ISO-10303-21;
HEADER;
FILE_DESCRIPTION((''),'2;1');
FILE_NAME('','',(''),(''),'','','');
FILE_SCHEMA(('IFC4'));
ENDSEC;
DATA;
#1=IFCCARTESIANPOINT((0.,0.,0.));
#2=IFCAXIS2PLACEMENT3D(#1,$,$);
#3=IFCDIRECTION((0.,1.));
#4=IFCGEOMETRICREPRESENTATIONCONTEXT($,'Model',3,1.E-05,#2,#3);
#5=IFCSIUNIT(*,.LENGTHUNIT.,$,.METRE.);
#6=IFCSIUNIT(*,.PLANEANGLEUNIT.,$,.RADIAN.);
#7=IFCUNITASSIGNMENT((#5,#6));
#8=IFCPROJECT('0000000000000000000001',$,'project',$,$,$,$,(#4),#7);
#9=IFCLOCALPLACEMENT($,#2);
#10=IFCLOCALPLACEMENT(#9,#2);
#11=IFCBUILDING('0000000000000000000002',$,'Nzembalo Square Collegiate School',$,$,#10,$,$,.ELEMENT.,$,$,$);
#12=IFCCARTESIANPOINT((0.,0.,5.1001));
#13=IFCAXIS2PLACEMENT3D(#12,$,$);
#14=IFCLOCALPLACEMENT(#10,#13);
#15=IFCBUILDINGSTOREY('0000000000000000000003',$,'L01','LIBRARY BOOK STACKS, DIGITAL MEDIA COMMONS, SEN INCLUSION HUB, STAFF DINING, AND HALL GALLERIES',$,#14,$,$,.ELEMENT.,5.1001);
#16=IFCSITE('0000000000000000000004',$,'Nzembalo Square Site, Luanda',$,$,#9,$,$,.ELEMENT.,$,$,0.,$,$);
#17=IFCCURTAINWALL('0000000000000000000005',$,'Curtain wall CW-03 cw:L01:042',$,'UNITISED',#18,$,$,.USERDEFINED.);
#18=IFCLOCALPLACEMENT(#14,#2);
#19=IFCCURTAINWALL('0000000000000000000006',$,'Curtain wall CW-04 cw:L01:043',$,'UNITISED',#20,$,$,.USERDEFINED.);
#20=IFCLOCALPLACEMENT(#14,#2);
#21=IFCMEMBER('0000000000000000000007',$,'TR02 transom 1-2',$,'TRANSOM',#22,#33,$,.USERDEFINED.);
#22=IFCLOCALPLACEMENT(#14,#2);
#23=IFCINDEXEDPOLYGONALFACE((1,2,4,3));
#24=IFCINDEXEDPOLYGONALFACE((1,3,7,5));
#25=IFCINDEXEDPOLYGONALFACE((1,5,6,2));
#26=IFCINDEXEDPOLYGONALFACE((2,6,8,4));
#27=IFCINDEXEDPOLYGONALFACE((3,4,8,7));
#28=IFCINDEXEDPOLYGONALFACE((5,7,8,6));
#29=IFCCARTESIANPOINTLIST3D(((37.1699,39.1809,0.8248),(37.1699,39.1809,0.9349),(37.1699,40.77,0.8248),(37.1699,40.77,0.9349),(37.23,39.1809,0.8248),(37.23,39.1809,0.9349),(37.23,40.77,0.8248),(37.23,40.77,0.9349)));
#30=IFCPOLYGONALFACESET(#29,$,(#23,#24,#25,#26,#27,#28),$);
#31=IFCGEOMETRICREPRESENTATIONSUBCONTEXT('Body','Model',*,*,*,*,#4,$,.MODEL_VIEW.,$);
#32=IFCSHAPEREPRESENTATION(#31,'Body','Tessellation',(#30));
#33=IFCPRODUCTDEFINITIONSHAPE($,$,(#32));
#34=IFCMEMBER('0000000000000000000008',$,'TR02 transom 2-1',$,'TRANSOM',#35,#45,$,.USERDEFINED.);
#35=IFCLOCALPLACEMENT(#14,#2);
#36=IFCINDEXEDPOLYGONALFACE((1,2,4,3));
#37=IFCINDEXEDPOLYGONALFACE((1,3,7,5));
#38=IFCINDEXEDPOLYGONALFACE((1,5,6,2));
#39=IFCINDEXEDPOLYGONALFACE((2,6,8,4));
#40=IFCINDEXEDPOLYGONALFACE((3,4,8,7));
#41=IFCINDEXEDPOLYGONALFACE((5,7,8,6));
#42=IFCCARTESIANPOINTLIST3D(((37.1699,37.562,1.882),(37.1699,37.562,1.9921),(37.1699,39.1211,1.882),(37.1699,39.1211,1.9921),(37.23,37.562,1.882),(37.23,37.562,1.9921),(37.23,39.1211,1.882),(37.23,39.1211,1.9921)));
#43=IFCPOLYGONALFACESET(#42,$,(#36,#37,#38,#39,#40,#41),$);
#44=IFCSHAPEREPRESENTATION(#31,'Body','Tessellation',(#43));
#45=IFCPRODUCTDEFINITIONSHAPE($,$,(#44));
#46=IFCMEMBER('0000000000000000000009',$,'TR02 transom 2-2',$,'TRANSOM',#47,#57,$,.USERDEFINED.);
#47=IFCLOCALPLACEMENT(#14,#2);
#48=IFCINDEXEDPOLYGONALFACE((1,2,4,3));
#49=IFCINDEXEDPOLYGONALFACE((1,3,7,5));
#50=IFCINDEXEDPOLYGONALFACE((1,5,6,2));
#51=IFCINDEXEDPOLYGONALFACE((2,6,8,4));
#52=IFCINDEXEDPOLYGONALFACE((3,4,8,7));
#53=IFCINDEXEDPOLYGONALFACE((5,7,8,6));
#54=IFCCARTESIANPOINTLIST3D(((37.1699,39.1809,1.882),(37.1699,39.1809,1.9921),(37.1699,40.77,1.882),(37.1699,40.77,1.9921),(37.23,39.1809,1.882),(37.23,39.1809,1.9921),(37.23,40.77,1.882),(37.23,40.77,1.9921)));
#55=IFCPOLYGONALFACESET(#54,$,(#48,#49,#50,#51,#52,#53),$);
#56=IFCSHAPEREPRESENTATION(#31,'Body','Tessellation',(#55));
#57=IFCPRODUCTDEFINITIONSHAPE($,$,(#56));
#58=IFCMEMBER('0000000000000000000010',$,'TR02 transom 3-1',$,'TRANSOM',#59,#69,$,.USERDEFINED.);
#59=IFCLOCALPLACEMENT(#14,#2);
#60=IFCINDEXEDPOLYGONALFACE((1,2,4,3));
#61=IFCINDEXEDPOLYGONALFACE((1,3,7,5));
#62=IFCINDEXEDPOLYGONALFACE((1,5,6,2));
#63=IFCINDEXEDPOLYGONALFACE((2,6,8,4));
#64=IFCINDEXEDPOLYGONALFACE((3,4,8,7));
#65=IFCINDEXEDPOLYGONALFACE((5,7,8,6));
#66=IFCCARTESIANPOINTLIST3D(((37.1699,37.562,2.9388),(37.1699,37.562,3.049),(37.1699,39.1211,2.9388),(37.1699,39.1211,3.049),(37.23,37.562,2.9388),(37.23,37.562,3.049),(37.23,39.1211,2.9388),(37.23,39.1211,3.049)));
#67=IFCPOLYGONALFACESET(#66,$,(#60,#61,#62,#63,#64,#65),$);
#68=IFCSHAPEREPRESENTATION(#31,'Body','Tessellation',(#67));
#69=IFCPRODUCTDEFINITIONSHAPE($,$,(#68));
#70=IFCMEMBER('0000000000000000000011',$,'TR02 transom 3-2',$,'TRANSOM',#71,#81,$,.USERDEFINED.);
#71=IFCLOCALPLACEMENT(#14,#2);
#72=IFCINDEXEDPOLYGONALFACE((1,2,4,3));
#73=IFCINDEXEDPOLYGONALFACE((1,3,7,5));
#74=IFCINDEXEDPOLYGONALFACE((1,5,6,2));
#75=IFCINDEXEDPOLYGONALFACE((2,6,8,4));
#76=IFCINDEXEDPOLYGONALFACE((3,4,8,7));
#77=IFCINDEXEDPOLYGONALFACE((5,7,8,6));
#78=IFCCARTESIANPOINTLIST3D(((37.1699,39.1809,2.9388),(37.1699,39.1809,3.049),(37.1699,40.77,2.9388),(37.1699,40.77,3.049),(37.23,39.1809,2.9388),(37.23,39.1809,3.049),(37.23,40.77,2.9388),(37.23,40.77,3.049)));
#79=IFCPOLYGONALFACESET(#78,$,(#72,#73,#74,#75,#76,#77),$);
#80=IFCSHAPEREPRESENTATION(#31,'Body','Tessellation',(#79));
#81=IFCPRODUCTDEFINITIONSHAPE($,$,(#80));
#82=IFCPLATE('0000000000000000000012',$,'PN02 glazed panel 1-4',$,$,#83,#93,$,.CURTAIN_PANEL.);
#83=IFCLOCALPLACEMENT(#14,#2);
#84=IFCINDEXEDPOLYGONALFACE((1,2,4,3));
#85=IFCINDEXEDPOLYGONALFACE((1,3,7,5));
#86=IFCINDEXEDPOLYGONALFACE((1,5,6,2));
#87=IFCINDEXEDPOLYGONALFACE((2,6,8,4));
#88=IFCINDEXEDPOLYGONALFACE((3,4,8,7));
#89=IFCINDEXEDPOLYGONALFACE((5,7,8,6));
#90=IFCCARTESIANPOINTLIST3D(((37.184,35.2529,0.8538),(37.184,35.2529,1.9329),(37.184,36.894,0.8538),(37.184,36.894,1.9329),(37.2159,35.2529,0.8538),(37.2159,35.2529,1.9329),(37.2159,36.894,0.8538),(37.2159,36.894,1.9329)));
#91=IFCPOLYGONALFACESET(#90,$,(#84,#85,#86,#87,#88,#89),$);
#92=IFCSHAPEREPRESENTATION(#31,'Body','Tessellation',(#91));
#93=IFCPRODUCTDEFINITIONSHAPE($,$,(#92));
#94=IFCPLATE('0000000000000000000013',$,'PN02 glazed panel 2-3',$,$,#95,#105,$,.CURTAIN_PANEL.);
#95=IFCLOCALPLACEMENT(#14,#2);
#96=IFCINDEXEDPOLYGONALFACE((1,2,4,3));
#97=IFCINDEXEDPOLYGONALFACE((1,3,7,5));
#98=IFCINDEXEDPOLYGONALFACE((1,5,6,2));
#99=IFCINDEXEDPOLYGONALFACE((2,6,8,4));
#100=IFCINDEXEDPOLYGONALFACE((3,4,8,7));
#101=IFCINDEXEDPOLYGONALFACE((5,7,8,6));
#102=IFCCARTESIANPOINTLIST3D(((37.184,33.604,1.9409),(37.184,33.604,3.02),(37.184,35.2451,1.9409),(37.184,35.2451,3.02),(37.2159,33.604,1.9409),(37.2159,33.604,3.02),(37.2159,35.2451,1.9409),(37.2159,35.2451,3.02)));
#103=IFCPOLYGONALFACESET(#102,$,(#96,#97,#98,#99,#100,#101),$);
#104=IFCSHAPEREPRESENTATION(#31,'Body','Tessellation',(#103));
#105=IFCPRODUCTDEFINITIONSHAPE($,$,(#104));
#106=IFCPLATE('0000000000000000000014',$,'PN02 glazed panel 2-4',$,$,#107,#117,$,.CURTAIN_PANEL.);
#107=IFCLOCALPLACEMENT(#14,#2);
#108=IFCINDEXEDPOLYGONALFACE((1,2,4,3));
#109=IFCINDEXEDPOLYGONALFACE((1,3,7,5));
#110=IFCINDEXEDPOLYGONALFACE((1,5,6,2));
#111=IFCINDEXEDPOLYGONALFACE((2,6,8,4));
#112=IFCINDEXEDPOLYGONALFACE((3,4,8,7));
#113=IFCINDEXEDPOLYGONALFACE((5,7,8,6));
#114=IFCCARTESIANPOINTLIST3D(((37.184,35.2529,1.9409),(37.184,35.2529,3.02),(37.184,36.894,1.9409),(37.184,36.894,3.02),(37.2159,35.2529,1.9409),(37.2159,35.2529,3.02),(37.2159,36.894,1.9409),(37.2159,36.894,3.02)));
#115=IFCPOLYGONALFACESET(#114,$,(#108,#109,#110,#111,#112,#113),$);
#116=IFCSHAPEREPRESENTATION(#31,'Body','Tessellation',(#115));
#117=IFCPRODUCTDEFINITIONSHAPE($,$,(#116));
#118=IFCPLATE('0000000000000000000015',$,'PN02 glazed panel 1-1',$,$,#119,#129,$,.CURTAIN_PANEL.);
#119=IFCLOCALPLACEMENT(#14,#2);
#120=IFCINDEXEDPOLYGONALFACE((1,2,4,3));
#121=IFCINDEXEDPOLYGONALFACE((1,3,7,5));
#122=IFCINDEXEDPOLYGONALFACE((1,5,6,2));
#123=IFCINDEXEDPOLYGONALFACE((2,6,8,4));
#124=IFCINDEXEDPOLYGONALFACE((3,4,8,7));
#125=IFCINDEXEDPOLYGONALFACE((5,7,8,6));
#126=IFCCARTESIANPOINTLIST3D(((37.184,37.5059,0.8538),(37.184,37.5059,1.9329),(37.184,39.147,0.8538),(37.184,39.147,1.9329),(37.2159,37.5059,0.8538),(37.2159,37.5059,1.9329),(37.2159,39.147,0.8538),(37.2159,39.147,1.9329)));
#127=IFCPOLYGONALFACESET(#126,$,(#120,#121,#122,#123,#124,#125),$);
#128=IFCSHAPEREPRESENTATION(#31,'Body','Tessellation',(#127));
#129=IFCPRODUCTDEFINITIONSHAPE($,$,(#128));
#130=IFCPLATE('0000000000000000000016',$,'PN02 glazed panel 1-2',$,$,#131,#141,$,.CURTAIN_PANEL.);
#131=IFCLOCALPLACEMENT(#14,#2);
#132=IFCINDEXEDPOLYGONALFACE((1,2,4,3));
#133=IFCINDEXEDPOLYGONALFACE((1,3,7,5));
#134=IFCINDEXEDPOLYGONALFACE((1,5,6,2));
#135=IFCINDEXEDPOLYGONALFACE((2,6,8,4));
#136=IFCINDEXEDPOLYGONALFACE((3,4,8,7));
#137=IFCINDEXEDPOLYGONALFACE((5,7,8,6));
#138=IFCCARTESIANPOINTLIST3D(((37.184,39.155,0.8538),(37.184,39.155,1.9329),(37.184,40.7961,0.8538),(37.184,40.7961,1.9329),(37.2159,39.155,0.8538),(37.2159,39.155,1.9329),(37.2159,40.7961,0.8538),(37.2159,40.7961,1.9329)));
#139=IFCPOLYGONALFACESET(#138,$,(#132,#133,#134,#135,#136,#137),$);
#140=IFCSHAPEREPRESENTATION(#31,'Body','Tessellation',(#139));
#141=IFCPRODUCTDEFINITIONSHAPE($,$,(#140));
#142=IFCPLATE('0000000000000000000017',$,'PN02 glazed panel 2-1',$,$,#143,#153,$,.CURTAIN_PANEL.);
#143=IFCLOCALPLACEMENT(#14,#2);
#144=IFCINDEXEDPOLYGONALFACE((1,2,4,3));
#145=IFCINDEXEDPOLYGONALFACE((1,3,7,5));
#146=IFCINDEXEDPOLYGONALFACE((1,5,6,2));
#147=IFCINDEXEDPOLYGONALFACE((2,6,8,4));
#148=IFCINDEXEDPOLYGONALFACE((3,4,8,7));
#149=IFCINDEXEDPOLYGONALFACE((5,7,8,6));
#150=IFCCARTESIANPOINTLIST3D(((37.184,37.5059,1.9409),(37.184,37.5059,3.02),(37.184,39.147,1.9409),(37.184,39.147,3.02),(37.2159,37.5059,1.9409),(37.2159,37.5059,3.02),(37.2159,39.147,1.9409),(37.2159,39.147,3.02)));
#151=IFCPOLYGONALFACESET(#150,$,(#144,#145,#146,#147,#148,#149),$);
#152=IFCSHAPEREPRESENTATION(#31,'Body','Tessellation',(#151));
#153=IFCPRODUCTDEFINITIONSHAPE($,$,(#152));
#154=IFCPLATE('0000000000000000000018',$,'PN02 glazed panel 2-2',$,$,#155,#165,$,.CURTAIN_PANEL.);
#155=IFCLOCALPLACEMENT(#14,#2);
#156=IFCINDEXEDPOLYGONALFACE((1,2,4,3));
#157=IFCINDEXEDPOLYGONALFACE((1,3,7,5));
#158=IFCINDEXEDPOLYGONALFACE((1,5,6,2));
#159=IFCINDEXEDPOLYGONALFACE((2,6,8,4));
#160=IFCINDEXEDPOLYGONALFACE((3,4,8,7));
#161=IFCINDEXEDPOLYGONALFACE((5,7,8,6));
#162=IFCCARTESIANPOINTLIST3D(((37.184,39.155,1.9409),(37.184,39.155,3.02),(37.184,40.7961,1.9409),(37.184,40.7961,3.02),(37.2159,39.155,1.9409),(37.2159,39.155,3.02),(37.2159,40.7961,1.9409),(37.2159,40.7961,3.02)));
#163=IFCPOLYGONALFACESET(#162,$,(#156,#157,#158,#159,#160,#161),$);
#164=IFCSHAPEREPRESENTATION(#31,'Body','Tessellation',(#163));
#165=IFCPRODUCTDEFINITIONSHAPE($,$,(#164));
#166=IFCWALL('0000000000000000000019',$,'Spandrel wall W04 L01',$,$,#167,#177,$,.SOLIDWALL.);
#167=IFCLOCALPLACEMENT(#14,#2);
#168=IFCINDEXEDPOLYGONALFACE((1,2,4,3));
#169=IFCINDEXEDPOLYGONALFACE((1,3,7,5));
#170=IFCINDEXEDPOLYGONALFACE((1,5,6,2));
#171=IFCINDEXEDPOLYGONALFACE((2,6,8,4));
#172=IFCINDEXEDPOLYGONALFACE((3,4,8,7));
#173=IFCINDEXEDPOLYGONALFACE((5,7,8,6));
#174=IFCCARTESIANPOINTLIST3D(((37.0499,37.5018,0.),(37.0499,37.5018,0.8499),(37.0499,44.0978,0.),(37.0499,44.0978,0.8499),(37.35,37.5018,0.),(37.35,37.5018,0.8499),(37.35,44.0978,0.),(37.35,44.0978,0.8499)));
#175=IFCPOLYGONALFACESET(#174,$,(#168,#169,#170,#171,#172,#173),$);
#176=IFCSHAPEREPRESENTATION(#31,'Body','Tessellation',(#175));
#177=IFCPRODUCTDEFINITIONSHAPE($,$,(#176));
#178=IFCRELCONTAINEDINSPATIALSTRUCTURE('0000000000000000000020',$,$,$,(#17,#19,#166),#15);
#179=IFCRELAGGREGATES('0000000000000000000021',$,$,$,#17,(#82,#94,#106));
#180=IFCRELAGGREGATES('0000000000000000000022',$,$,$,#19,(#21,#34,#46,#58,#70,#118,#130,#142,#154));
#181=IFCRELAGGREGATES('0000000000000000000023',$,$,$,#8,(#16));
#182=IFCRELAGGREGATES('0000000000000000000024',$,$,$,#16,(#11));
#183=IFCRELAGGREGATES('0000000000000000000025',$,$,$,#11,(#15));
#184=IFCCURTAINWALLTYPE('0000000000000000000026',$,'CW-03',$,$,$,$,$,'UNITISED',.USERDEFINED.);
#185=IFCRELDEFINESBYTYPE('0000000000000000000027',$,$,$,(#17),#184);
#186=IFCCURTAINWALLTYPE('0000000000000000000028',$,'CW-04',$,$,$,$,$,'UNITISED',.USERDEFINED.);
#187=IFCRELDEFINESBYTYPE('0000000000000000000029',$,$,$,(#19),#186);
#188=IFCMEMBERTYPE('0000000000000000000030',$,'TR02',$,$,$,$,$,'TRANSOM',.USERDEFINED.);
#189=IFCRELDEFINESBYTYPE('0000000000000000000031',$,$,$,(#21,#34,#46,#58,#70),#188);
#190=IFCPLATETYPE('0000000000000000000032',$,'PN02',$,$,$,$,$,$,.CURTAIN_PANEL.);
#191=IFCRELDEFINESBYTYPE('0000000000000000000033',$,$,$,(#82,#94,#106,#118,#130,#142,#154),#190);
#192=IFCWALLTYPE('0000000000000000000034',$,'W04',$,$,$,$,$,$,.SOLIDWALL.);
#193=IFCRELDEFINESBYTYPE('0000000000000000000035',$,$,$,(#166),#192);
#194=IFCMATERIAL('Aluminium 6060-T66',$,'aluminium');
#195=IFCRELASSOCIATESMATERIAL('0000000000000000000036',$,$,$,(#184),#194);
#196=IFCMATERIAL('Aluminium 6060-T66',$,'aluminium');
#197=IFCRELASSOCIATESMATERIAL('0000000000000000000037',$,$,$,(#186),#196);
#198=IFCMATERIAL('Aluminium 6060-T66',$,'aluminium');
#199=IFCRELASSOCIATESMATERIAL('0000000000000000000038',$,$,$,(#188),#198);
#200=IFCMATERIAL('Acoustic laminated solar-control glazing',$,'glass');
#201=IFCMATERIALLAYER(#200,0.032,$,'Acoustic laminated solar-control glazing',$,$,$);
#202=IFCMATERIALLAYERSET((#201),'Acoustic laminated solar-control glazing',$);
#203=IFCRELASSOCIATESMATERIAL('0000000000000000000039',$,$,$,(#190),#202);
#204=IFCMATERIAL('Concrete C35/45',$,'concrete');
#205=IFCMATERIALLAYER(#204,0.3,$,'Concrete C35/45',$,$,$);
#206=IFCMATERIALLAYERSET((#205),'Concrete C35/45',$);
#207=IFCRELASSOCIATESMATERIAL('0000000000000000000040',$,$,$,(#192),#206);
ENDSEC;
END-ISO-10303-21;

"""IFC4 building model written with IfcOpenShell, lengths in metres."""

from ifc_helpers import new_model, si_unit, direction, frame, frame_2d, origin, origin_2d, place, context, subcontext, project, spatial, rectangle, extrude, material, layer, layer_set, material_profile, profile_set, type_object, element, aggregate, save


model = new_model("IFC4")

# Units and contexts
model_context = context("Model", 3, precision=1e-05, world=origin(), true_north=direction((0.0, 1.0)))
body_context = subcontext(model_context, "Body", "Model", "MODEL_VIEW")
ifc_project = project(units=[si_unit("LENGTHUNIT", "METRE"), si_unit("PLANEANGLEUNIT", "RADIAN")], contexts=[model_context])

# Site, building, storey
site_placement = place(None, origin())
site = spatial("IfcSite", under=ifc_project, at=site_placement, Name="Nzembalo Square Site, Luanda", CompositionType="ELEMENT", RefElevation=0.0)
building_placement = place(site_placement, origin())
building = spatial("IfcBuilding", under=site, at=building_placement, Name="Nzembalo Square Collegiate School", CompositionType="ELEMENT")
storey_placement = place(building_placement, frame((0.0, 0.0, 5.1001)))
storey = spatial("IfcBuildingStorey", under=building, at=storey_placement, Name="L01", Description="LIBRARY BOOK STACKS, DIGITAL MEDIA COMMONS, SEN INCLUSION HUB, STAFF DINING, AND HALL GALLERIES", CompositionType="ELEMENT", Elevation=5.1001)

# Curtain walls
ifc_material_1 = material(Name="Aluminium 6060-T66", Category="aluminium")
curtain_wall_type_1 = type_object("IfcCurtainWallType", Name="CW-03", ElementType="UNITISED", PredefinedType="USERDEFINED", material=ifc_material_1)
curtain_wall_1_placement = place(storey_placement, origin())
curtain_wall_1 = element("IfcCurtainWall", 1, at=curtain_wall_1_placement, inside=storey, type_object=curtain_wall_type_1, Name="Curtain wall CW-03 cw:L01:042", ObjectType="UNITISED", PredefinedType="USERDEFINED")
ifc_material_2 = material(Name="Aluminium 6060-T66", Category="aluminium")
curtain_wall_type_2 = type_object("IfcCurtainWallType", Name="CW-04", ElementType="UNITISED", PredefinedType="USERDEFINED", material=ifc_material_2)
curtain_wall_2_placement = place(storey_placement, origin())
curtain_wall_2 = element("IfcCurtainWall", 2, at=curtain_wall_2_placement, inside=storey, type_object=curtain_wall_type_2, Name="Curtain wall CW-04 cw:L01:043", ObjectType="UNITISED", PredefinedType="USERDEFINED")

# Members
ifc_material_3 = material(Name="Aluminium 6060-T66", Category="aluminium")
ifc_material_profile_1 = material_profile(ifc_material_3, rectangle(XDim=0.0601, YDim=0.1101, at=origin_2d()), Name="ALU T60x110")
ifc_profile_set_1 = profile_set([ifc_material_profile_1], Name="Aluminium 6060-T66")
member_type_1 = type_object("IfcMemberType", Name="TR02", ElementType="TRANSOM", PredefinedType="USERDEFINED", material=ifc_profile_set_1)
member_1_placement = place(storey_placement, frame((37.2, 39.1809, 0.8799), z_axis=(0.0, 1.0, 0.0), x_axis=(-1.0, 0.0, 0.0)))
member_1 = element("IfcMember", 3, at=member_1_placement, type_object=member_type_1, Name="TR02 transom 1-2", ObjectType="TRANSOM", PredefinedType="USERDEFINED", context=body_context, shape_type="SweptSolid", body=[
    extrude(rectangle(XDim=0.0601, YDim=0.1101, at=origin_2d()), origin(), (0.0, 0.0, 1.0), 1.5891),
])
member_2_placement = place(storey_placement, frame((37.2, 37.562, 1.937), z_axis=(0.0, 1.0, 0.0), x_axis=(-1.0, 0.0, 0.0)))
member_2 = element("IfcMember", 4, at=member_2_placement, type_object=member_type_1, Name="TR02 transom 2-1", ObjectType="TRANSOM", PredefinedType="USERDEFINED", context=body_context, shape_type="SweptSolid", body=[
    extrude(rectangle(XDim=0.0601, YDim=0.1101, at=origin_2d()), origin(), (0.0, 0.0, 1.0), 1.5591),
])
member_3_placement = place(storey_placement, frame((37.2, 39.1809, 1.937), z_axis=(0.0, 1.0, 0.0), x_axis=(-1.0, 0.0, 0.0)))
member_3 = element("IfcMember", 5, at=member_3_placement, type_object=member_type_1, Name="TR02 transom 2-2", ObjectType="TRANSOM", PredefinedType="USERDEFINED", context=body_context, shape_type="SweptSolid", body=[
    extrude(rectangle(XDim=0.0601, YDim=0.1101, at=origin_2d()), origin(), (0.0, 0.0, 1.0), 1.5891),
])
member_4_placement = place(storey_placement, frame((37.2, 37.562, 2.9939), z_axis=(0.0, 1.0, 0.0), x_axis=(-1.0, 0.0, 0.0)))
member_4 = element("IfcMember", 6, at=member_4_placement, type_object=member_type_1, Name="TR02 transom 3-1", ObjectType="TRANSOM", PredefinedType="USERDEFINED", context=body_context, shape_type="SweptSolid", body=[
    extrude(rectangle(XDim=0.0601, YDim=0.1101, at=origin_2d()), origin(), (0.0, 0.0, 1.0), 1.5591),
])
member_5_placement = place(storey_placement, frame((37.2, 39.1809, 2.9939), z_axis=(0.0, 1.0, 0.0), x_axis=(-1.0, 0.0, 0.0)))
member_5 = element("IfcMember", 7, at=member_5_placement, type_object=member_type_1, Name="TR02 transom 3-2", ObjectType="TRANSOM", PredefinedType="USERDEFINED", context=body_context, shape_type="SweptSolid", body=[
    extrude(rectangle(XDim=0.0601, YDim=0.1101, at=origin_2d()), origin(), (0.0, 0.0, 1.0), 1.5891),
])

# Plates
ifc_material_4 = material(Name="Acoustic laminated solar-control glazing", Category="glass")
ifc_layer_1 = layer(ifc_material_4, 0.032, Name="Acoustic laminated solar-control glazing")
ifc_layer_set_1 = layer_set([ifc_layer_1], Name="Acoustic laminated solar-control glazing")
plate_type = type_object("IfcPlateType", Name="PN02", PredefinedType="CURTAIN_PANEL", material=ifc_layer_set_1)
plate_1_placement = place(storey_placement, frame((37.2, 36.0735, 0.8538), z_axis=(0.0, 0.0, 1.0), x_axis=(0.0, 1.0, 0.0)))
plate_1 = element("IfcPlate", 8, at=plate_1_placement, type_object=plate_type, Name="PN02 glazed panel 1-4", PredefinedType="CURTAIN_PANEL", context=body_context, shape_type="SweptSolid", body=[
    extrude(rectangle(XDim=1.6411, YDim=0.032, at=origin_2d()), origin(), (0.0, 0.0, 1.0), 1.0791),
])
plate_2_placement = place(storey_placement, frame((37.2, 34.4246, 1.9409), z_axis=(0.0, 0.0, 1.0), x_axis=(0.0, 1.0, 0.0)))
plate_2 = element("IfcPlate", 9, at=plate_2_placement, type_object=plate_type, Name="PN02 glazed panel 2-3", PredefinedType="CURTAIN_PANEL", context=body_context, shape_type="SweptSolid", body=[
    extrude(rectangle(XDim=1.6411, YDim=0.032, at=origin_2d()), origin(), (0.0, 0.0, 1.0), 1.0791),
])
plate_3_placement = place(storey_placement, frame((37.2, 36.0735, 1.9409), z_axis=(0.0, 0.0, 1.0), x_axis=(0.0, 1.0, 0.0)))
plate_3 = element("IfcPlate", 10, at=plate_3_placement, type_object=plate_type, Name="PN02 glazed panel 2-4", PredefinedType="CURTAIN_PANEL", context=body_context, shape_type="SweptSolid", body=[
    extrude(rectangle(XDim=1.6411, YDim=0.032, at=origin_2d()), origin(), (0.0, 0.0, 1.0), 1.0791),
])
aggregate(curtain_wall_1, [plate_1, plate_2, plate_3])
plate_4_placement = place(storey_placement, frame((37.2, 38.3264, 0.8538), z_axis=(0.0, 0.0, 1.0), x_axis=(0.0, 1.0, 0.0)))
plate_4 = element("IfcPlate", 11, at=plate_4_placement, type_object=plate_type, Name="PN02 glazed panel 1-1", PredefinedType="CURTAIN_PANEL", context=body_context, shape_type="SweptSolid", body=[
    extrude(rectangle(XDim=1.6411, YDim=0.032, at=origin_2d()), origin(), (0.0, 0.0, 1.0), 1.0791),
])
plate_5_placement = place(storey_placement, frame((37.2, 39.9756, 0.8538), z_axis=(0.0, 0.0, 1.0), x_axis=(0.0, 1.0, 0.0)))
plate_5 = element("IfcPlate", 12, at=plate_5_placement, type_object=plate_type, Name="PN02 glazed panel 1-2", PredefinedType="CURTAIN_PANEL", context=body_context, shape_type="SweptSolid", body=[
    extrude(rectangle(XDim=1.6411, YDim=0.032, at=origin_2d()), origin(), (0.0, 0.0, 1.0), 1.0791),
])
plate_6_placement = place(storey_placement, frame((37.2, 38.3264, 1.9409), z_axis=(0.0, 0.0, 1.0), x_axis=(0.0, 1.0, 0.0)))
plate_6 = element("IfcPlate", 13, at=plate_6_placement, type_object=plate_type, Name="PN02 glazed panel 2-1", PredefinedType="CURTAIN_PANEL", context=body_context, shape_type="SweptSolid", body=[
    extrude(rectangle(XDim=1.6411, YDim=0.032, at=origin_2d()), origin(), (0.0, 0.0, 1.0), 1.0791),
])
plate_7_placement = place(storey_placement, frame((37.2, 39.9756, 1.9409), z_axis=(0.0, 0.0, 1.0), x_axis=(0.0, 1.0, 0.0)))
plate_7 = element("IfcPlate", 14, at=plate_7_placement, type_object=plate_type, Name="PN02 glazed panel 2-2", PredefinedType="CURTAIN_PANEL", context=body_context, shape_type="SweptSolid", body=[
    extrude(rectangle(XDim=1.6411, YDim=0.032, at=origin_2d()), origin(), (0.0, 0.0, 1.0), 1.0791),
])
aggregate(curtain_wall_2, [member_1, member_2, member_3, member_4, member_5, plate_4, plate_5, plate_6, plate_7])

# Wall
ifc_material_5 = material(Name="Concrete C35/45", Category="concrete")
ifc_layer_2 = layer(ifc_material_5, 0.3, Name="Concrete C35/45")
ifc_layer_set_2 = layer_set([ifc_layer_2], Name="Concrete C35/45")
wall_type = type_object("IfcWallType", Name="W04", PredefinedType="SOLIDWALL", material=ifc_layer_set_2)
wall_placement = place(storey_placement, frame((37.2, 37.502, 0.0), z_axis=(0.0, 0.0, 1.0), x_axis=(0.0, 1.0, 0.0)))
element("IfcWall", 15, at=wall_placement, inside=storey, type_object=wall_type, Name="Spandrel wall W04 L01", PredefinedType="SOLIDWALL", context=body_context, shape_type="SweptSolid", body=[
    extrude(rectangle(XDim=6.5959, YDim=0.3, at=frame_2d((3.2979, 0.0))), origin(), (0.0, 0.0, 1.0), 0.8499),
])

save(model, "model.ifc")
